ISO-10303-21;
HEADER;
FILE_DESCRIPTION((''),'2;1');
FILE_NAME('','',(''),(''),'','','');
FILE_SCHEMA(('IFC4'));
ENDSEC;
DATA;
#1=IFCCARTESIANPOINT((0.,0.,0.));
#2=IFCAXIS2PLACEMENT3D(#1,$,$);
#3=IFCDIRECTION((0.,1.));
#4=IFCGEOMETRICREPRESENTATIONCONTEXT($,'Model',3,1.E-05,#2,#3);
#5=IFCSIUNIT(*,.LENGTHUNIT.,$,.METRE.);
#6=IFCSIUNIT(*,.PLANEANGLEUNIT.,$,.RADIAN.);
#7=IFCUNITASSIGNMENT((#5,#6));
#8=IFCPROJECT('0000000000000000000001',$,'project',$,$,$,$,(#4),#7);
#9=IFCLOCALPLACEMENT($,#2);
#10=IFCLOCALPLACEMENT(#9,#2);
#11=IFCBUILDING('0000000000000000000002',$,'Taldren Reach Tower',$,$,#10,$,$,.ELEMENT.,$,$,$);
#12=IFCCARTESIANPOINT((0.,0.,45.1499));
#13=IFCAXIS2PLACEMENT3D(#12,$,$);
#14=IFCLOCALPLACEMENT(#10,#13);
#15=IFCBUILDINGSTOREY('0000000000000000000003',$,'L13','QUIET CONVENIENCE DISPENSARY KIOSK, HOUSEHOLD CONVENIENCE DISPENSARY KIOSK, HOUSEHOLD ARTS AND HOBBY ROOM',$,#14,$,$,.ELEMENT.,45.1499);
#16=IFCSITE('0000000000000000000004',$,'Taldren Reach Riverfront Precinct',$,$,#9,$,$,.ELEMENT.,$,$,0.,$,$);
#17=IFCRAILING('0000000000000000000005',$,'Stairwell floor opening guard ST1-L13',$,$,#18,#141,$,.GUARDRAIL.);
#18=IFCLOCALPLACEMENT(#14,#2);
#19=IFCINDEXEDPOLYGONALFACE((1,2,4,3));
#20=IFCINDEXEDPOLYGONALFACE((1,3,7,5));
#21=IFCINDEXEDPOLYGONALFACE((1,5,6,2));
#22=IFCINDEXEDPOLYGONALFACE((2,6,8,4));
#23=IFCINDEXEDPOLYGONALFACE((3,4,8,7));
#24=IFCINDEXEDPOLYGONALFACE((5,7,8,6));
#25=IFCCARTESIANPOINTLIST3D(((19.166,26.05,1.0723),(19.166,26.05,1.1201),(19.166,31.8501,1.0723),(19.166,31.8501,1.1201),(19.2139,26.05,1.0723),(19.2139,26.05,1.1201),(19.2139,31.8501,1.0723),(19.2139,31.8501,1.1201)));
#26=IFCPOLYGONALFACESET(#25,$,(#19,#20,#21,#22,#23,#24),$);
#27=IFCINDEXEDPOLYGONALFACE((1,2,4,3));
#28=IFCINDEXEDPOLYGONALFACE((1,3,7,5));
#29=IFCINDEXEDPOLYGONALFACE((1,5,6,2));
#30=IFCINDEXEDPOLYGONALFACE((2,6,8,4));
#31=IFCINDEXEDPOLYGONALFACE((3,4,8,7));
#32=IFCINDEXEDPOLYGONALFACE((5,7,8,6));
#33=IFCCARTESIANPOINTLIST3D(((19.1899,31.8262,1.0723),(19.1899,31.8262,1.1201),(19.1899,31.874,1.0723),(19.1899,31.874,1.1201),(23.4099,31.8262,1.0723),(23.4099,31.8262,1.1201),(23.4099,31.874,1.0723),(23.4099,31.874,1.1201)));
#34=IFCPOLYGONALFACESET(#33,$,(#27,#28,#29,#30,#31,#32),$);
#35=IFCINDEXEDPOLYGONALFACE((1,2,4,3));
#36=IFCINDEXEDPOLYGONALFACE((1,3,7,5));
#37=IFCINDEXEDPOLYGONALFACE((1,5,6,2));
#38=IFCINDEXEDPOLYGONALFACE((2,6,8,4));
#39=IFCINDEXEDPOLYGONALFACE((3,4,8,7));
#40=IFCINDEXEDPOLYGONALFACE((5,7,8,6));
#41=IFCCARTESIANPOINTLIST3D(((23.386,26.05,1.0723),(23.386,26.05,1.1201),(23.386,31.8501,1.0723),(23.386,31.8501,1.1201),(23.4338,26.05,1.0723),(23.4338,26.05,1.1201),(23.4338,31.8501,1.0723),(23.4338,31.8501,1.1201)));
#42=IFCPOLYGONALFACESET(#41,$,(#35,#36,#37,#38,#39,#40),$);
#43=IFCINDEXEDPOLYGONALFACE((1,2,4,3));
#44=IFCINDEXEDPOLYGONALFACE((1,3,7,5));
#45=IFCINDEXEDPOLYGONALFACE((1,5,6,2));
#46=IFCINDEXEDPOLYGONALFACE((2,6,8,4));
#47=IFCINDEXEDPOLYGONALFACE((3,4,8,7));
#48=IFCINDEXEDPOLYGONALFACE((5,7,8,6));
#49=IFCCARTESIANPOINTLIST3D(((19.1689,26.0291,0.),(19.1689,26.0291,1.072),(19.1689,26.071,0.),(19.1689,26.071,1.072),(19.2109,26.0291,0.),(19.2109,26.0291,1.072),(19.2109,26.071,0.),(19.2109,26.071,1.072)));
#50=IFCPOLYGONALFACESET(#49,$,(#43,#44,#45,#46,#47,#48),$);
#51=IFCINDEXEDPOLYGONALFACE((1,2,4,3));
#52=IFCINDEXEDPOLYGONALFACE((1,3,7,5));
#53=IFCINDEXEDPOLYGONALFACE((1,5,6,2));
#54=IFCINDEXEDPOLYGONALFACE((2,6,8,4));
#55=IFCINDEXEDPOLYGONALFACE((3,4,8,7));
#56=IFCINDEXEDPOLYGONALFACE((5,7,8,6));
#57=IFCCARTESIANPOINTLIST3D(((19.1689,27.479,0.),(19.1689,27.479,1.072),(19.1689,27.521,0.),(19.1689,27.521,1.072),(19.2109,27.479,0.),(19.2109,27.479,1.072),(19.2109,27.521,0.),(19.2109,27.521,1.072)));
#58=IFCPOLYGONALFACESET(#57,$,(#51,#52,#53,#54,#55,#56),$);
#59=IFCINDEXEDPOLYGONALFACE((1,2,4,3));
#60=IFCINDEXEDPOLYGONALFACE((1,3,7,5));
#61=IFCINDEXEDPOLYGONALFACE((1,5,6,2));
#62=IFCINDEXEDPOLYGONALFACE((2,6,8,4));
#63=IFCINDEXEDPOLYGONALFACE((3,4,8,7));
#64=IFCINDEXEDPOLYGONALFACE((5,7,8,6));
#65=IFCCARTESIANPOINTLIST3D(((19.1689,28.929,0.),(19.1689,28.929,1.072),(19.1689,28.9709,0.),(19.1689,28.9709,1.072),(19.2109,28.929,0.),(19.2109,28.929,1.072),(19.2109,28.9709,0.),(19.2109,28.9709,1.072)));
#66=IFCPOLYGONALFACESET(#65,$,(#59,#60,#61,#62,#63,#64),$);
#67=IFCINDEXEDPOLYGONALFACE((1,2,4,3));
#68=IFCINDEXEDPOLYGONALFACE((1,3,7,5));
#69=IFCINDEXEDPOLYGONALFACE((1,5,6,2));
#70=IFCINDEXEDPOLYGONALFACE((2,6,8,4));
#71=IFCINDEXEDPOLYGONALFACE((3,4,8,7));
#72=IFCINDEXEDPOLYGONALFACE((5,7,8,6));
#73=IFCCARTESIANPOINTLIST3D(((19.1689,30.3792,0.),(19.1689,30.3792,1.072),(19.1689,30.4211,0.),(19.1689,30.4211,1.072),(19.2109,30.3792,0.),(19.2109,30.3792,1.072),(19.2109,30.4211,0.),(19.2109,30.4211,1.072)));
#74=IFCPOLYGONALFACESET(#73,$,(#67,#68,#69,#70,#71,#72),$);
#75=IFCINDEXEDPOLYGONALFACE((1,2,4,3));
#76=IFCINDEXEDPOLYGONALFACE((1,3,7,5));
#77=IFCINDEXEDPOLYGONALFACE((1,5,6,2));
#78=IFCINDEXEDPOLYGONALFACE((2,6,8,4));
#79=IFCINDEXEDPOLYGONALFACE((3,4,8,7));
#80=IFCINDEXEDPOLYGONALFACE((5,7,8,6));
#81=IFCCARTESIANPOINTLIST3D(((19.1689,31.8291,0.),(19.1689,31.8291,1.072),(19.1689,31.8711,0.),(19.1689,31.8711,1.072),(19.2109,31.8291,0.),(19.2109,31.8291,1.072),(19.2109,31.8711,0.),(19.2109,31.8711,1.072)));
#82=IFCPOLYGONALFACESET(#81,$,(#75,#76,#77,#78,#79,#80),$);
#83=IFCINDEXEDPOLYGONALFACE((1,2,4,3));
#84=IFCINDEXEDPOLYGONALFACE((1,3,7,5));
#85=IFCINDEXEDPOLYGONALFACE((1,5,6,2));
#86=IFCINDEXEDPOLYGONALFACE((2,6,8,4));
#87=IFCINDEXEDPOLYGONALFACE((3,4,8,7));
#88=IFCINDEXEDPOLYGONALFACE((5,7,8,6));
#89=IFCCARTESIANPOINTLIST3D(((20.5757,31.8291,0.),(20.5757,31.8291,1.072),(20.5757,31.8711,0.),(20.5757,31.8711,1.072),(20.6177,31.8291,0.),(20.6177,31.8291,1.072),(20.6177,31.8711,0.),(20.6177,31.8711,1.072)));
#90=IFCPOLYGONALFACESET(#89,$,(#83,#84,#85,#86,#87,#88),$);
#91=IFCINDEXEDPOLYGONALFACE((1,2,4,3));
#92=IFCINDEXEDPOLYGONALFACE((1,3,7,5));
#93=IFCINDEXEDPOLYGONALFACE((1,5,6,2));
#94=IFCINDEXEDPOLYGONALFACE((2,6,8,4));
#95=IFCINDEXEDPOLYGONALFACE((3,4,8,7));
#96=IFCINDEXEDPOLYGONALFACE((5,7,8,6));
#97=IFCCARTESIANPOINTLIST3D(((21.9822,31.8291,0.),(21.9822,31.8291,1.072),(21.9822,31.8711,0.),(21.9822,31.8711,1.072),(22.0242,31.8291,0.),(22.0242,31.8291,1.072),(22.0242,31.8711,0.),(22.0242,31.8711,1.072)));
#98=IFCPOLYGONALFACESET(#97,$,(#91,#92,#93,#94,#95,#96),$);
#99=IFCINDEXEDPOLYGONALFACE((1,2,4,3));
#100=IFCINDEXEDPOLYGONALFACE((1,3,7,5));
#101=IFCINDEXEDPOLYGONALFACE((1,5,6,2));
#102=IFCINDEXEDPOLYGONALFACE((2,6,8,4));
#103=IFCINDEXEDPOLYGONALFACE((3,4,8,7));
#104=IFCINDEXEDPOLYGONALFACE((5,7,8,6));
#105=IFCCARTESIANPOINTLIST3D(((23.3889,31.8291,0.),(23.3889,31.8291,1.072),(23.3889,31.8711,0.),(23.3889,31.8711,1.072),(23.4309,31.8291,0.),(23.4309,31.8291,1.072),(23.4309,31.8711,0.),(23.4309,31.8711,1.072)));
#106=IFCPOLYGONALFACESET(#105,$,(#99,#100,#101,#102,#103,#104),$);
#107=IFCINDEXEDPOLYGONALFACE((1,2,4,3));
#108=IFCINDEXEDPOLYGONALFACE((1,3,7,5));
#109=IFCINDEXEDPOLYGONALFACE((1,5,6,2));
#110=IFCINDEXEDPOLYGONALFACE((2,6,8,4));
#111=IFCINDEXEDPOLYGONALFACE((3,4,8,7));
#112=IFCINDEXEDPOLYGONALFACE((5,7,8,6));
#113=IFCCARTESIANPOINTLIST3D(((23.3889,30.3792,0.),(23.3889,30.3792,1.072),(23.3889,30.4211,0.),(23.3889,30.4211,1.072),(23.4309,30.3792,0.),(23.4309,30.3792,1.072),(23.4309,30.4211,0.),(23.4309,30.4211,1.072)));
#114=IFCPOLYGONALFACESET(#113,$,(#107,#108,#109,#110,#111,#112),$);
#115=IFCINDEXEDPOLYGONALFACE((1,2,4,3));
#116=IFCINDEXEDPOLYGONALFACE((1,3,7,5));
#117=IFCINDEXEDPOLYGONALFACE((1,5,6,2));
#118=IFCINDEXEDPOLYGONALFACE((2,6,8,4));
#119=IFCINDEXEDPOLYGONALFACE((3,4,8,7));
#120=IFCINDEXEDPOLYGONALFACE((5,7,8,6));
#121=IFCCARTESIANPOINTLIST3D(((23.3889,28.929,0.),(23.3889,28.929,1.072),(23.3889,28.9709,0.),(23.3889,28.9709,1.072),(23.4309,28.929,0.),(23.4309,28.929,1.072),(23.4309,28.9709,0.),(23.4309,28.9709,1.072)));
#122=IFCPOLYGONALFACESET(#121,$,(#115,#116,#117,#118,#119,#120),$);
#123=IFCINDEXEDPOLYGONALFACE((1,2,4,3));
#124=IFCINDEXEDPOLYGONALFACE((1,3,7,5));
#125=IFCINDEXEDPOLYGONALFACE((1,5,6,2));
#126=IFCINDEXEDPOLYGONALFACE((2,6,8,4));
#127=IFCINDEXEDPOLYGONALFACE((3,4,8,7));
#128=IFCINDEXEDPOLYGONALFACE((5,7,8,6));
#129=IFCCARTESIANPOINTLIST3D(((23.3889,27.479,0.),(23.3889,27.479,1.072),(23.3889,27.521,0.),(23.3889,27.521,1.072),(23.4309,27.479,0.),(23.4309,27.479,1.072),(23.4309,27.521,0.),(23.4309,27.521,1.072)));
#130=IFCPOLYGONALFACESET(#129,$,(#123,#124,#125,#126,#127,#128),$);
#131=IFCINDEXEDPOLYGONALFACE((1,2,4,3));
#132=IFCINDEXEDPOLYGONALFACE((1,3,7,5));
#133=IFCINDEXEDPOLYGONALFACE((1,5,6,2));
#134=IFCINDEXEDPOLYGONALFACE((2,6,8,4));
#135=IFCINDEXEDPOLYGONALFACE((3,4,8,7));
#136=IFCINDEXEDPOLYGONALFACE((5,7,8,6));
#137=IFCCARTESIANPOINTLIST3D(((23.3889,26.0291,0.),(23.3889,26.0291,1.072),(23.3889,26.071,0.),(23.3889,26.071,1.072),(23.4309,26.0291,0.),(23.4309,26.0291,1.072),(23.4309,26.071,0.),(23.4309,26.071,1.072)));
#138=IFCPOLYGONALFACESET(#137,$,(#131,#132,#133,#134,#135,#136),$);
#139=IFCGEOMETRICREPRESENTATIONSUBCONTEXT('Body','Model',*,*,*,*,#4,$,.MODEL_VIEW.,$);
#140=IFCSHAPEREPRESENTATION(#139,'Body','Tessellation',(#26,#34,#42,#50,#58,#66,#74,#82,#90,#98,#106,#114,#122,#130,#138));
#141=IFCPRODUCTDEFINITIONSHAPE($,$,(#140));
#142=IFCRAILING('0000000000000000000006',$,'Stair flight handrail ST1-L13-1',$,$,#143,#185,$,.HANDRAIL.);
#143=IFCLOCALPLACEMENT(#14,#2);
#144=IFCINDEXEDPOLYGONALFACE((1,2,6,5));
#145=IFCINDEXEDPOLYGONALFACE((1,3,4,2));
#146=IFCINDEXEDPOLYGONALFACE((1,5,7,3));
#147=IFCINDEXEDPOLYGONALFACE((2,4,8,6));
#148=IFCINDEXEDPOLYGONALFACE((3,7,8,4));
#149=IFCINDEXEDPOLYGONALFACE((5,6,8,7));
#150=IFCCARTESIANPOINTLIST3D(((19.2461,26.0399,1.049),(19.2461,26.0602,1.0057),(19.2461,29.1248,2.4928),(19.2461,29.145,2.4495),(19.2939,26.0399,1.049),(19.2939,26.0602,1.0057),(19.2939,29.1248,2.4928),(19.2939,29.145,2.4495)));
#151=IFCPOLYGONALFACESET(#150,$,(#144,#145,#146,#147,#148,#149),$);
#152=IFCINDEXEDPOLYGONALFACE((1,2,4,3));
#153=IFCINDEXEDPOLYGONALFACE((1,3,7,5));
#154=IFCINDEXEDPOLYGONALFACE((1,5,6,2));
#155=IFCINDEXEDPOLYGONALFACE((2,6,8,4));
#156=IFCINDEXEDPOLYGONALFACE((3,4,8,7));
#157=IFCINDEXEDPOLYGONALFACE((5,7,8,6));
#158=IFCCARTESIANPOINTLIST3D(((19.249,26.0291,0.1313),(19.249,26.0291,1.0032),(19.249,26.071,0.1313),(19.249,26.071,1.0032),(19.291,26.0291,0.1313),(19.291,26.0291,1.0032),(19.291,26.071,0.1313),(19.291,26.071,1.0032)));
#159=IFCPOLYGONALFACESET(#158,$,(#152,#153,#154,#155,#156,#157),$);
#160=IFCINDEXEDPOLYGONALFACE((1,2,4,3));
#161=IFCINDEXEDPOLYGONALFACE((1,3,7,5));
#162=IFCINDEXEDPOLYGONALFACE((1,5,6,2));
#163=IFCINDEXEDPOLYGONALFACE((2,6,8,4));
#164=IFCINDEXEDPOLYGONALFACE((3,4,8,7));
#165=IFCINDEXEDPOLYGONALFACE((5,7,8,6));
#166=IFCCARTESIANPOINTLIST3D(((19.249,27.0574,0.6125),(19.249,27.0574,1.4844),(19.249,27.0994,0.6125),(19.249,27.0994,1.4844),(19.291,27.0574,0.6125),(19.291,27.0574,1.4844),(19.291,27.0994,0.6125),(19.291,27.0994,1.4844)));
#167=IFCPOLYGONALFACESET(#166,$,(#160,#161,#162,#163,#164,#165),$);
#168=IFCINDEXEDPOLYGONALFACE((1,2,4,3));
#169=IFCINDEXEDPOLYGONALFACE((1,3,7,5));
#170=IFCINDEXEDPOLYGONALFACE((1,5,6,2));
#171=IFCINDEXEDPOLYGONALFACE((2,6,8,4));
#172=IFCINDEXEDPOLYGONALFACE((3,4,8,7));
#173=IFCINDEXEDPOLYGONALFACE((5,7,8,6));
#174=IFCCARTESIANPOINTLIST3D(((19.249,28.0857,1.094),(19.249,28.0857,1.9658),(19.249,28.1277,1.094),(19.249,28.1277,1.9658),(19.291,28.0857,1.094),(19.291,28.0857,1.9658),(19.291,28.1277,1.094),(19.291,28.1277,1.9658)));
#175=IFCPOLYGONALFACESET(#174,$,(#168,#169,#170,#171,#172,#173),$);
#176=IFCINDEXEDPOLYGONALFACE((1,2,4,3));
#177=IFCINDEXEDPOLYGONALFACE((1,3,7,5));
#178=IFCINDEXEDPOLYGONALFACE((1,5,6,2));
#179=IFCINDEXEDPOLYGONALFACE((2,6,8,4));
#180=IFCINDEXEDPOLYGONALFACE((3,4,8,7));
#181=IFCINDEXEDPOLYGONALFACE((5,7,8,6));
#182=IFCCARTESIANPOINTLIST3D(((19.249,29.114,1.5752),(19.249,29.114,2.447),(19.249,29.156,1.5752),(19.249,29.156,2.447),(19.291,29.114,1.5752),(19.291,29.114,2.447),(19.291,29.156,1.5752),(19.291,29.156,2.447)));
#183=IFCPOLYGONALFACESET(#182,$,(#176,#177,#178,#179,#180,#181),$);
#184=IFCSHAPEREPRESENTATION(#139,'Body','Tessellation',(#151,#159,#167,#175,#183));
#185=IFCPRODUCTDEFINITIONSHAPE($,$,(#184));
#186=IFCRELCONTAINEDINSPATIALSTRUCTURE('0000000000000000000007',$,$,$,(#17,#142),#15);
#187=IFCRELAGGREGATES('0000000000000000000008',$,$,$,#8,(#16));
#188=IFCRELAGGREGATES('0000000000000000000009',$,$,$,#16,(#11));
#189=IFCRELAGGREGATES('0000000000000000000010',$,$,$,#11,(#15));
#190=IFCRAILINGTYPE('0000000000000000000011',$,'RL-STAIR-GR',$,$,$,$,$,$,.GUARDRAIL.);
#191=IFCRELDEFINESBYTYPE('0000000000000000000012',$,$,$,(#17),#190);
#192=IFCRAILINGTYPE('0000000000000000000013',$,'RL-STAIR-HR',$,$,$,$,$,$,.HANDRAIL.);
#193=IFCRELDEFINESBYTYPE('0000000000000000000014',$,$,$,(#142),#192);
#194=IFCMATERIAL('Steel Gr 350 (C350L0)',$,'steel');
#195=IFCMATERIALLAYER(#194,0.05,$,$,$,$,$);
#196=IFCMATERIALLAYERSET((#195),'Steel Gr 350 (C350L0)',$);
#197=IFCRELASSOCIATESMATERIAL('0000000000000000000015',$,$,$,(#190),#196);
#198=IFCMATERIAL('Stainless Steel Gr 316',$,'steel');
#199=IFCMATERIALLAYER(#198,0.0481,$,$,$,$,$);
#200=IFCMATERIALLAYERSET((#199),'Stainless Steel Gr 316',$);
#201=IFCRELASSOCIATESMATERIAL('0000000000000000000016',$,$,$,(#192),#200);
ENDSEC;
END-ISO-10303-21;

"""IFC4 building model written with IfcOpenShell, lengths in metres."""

from ifc_helpers import new_model, si_unit, direction, frame, origin, origin_2d, place, context, subcontext, project, spatial, rectangle, extrude, material, layer, layer_set, type_object, element, save


model = new_model("IFC4")

# Units and contexts
model_context = context("Model", 3, precision=1e-05, world=origin(), true_north=direction((0.0, 1.0)))
body_context = subcontext(model_context, "Body", "Model", "MODEL_VIEW")
ifc_project = project(units=[si_unit("LENGTHUNIT", "METRE"), si_unit("PLANEANGLEUNIT", "RADIAN")], contexts=[model_context])

# Site, building, storey
site_placement = place(None, origin())
site = spatial("IfcSite", under=ifc_project, at=site_placement, Name="Taldren Reach Riverfront Precinct", CompositionType="ELEMENT", RefElevation=0.0)
building_placement = place(site_placement, origin())
building = spatial("IfcBuilding", under=site, at=building_placement, Name="Taldren Reach Tower", CompositionType="ELEMENT")
storey_placement = place(building_placement, frame((0.0, 0.0, 45.1499)))
storey = spatial("IfcBuildingStorey", under=building, at=storey_placement, Name="L13", Description="QUIET CONVENIENCE DISPENSARY KIOSK, HOUSEHOLD CONVENIENCE DISPENSARY KIOSK, HOUSEHOLD ARTS AND HOBBY ROOM", CompositionType="ELEMENT", Elevation=45.1499)

# Railings
ifc_material_1 = material(Name="Steel Gr 350 (C350L0)", Category="steel")
ifc_layer_1 = layer(ifc_material_1, 0.05)
ifc_layer_set_1 = layer_set([ifc_layer_1], Name="Steel Gr 350 (C350L0)")
railing_type_1 = type_object("IfcRailingType", Name="RL-STAIR-GR", PredefinedType="GUARDRAIL", material=ifc_layer_set_1)
railing_1_placement = place(storey_placement, frame((19.1899, 26.05, 0.0)))
element("IfcRailing", 1, at=railing_1_placement, inside=storey, type_object=railing_type_1, Name="Stairwell floor opening guard ST1-L13", PredefinedType="GUARDRAIL", context=body_context, shape_type="SweptSolid", body=[
    extrude(rectangle(XDim=0.0479, YDim=0.0479, at=origin_2d()), frame((0.0, 0.0, 1.0962), z_axis=(0.0, 1.0, 0.0), x_axis=(-1.0, 0.0, 0.0)), (0.0, 0.0, 1.0), 5.8),
    extrude(rectangle(XDim=0.0479, YDim=0.0479, at=origin_2d()), frame((0.0, 5.8, 1.0962), z_axis=(1.0, 0.0, 0.0), x_axis=(0.0, 1.0, 0.0)), (0.0, 0.0, 1.0), 4.22),
    extrude(rectangle(XDim=0.0479, YDim=0.0479, at=origin_2d()), frame((4.22, 5.8, 1.0962), z_axis=(0.0, -1.0, 0.0), x_axis=(1.0, 0.0, 0.0)), (0.0, 0.0, 1.0), 5.8),
    extrude(rectangle(XDim=0.042, YDim=0.042, at=origin_2d()), origin(), (0.0, 0.0, 1.0), 1.072),
    extrude(rectangle(XDim=0.042, YDim=0.042, at=origin_2d()), frame((0.0, 1.45, 0.0)), (0.0, 0.0, 1.0), 1.072),
    extrude(rectangle(XDim=0.042, YDim=0.042, at=origin_2d()), frame((0.0, 2.8999, 0.0)), (0.0, 0.0, 1.0), 1.072),
    extrude(rectangle(XDim=0.042, YDim=0.042, at=origin_2d()), frame((0.0, 4.3501, 0.0)), (0.0, 0.0, 1.0), 1.072),
    extrude(rectangle(XDim=0.042, YDim=0.042, at=origin_2d()), frame((0.0, 5.8, 0.0)), (0.0, 0.0, 1.0), 1.072),
    extrude(rectangle(XDim=0.042, YDim=0.042, at=origin_2d()), frame((1.4067, 5.8, 0.0)), (0.0, 0.0, 1.0), 1.072),
    extrude(rectangle(XDim=0.042, YDim=0.042, at=origin_2d()), frame((2.8132, 5.8, 0.0)), (0.0, 0.0, 1.0), 1.072),
    extrude(rectangle(XDim=0.042, YDim=0.042, at=origin_2d()), frame((4.22, 5.8, 0.0)), (0.0, 0.0, 1.0), 1.072),
    extrude(rectangle(XDim=0.042, YDim=0.042, at=origin_2d()), frame((4.22, 4.3501, 0.0)), (0.0, 0.0, 1.0), 1.072),
    extrude(rectangle(XDim=0.042, YDim=0.042, at=origin_2d()), frame((4.22, 2.8999, 0.0)), (0.0, 0.0, 1.0), 1.072),
    extrude(rectangle(XDim=0.042, YDim=0.042, at=origin_2d()), frame((4.22, 1.45, 0.0)), (0.0, 0.0, 1.0), 1.072),
    extrude(rectangle(XDim=0.042, YDim=0.042, at=origin_2d()), frame((4.22, 0.0, 0.0)), (0.0, 0.0, 1.0), 1.072),
])
ifc_material_2 = material(Name="Stainless Steel Gr 316", Category="steel")
ifc_layer_2 = layer(ifc_material_2, 0.0481)
ifc_layer_set_2 = layer_set([ifc_layer_2], Name="Stainless Steel Gr 316")
railing_type_2 = type_object("IfcRailingType", Name="RL-STAIR-HR", PredefinedType="HANDRAIL", material=ifc_layer_set_2)
railing_2_placement = place(storey_placement, frame((19.27, 26.05, 0.1313)))
element("IfcRailing", 2, at=railing_2_placement, inside=storey, type_object=railing_type_2, Name="Stair flight handrail ST1-L13-1", PredefinedType="HANDRAIL", context=body_context, shape_type="SweptSolid", body=[
    extrude(rectangle(XDim=0.0479, YDim=0.0479, at=origin_2d()), frame((0.0, 0.0, 0.896), z_axis=(0.0, 0.90571, 0.423898), x_axis=(-1.0, 0.0, 0.0)), (0.0, 0.0, 1.0), 3.406),
    extrude(rectangle(XDim=0.042, YDim=0.042, at=origin_2d()), origin(), (0.0, 0.0, 1.0), 0.8718),
    extrude(rectangle(XDim=0.042, YDim=0.042, at=origin_2d()), frame((0.0, 1.0283, 0.4812)), (0.0, 0.0, 1.0), 0.8718),
    extrude(rectangle(XDim=0.042, YDim=0.042, at=origin_2d()), frame((0.0, 2.0566, 0.9626)), (0.0, 0.0, 1.0), 0.8718),
    extrude(rectangle(XDim=0.042, YDim=0.042, at=origin_2d()), frame((0.0, 3.085, 1.4438)), (0.0, 0.0, 1.0), 0.8718),
])

save(model, "model.ifc")
